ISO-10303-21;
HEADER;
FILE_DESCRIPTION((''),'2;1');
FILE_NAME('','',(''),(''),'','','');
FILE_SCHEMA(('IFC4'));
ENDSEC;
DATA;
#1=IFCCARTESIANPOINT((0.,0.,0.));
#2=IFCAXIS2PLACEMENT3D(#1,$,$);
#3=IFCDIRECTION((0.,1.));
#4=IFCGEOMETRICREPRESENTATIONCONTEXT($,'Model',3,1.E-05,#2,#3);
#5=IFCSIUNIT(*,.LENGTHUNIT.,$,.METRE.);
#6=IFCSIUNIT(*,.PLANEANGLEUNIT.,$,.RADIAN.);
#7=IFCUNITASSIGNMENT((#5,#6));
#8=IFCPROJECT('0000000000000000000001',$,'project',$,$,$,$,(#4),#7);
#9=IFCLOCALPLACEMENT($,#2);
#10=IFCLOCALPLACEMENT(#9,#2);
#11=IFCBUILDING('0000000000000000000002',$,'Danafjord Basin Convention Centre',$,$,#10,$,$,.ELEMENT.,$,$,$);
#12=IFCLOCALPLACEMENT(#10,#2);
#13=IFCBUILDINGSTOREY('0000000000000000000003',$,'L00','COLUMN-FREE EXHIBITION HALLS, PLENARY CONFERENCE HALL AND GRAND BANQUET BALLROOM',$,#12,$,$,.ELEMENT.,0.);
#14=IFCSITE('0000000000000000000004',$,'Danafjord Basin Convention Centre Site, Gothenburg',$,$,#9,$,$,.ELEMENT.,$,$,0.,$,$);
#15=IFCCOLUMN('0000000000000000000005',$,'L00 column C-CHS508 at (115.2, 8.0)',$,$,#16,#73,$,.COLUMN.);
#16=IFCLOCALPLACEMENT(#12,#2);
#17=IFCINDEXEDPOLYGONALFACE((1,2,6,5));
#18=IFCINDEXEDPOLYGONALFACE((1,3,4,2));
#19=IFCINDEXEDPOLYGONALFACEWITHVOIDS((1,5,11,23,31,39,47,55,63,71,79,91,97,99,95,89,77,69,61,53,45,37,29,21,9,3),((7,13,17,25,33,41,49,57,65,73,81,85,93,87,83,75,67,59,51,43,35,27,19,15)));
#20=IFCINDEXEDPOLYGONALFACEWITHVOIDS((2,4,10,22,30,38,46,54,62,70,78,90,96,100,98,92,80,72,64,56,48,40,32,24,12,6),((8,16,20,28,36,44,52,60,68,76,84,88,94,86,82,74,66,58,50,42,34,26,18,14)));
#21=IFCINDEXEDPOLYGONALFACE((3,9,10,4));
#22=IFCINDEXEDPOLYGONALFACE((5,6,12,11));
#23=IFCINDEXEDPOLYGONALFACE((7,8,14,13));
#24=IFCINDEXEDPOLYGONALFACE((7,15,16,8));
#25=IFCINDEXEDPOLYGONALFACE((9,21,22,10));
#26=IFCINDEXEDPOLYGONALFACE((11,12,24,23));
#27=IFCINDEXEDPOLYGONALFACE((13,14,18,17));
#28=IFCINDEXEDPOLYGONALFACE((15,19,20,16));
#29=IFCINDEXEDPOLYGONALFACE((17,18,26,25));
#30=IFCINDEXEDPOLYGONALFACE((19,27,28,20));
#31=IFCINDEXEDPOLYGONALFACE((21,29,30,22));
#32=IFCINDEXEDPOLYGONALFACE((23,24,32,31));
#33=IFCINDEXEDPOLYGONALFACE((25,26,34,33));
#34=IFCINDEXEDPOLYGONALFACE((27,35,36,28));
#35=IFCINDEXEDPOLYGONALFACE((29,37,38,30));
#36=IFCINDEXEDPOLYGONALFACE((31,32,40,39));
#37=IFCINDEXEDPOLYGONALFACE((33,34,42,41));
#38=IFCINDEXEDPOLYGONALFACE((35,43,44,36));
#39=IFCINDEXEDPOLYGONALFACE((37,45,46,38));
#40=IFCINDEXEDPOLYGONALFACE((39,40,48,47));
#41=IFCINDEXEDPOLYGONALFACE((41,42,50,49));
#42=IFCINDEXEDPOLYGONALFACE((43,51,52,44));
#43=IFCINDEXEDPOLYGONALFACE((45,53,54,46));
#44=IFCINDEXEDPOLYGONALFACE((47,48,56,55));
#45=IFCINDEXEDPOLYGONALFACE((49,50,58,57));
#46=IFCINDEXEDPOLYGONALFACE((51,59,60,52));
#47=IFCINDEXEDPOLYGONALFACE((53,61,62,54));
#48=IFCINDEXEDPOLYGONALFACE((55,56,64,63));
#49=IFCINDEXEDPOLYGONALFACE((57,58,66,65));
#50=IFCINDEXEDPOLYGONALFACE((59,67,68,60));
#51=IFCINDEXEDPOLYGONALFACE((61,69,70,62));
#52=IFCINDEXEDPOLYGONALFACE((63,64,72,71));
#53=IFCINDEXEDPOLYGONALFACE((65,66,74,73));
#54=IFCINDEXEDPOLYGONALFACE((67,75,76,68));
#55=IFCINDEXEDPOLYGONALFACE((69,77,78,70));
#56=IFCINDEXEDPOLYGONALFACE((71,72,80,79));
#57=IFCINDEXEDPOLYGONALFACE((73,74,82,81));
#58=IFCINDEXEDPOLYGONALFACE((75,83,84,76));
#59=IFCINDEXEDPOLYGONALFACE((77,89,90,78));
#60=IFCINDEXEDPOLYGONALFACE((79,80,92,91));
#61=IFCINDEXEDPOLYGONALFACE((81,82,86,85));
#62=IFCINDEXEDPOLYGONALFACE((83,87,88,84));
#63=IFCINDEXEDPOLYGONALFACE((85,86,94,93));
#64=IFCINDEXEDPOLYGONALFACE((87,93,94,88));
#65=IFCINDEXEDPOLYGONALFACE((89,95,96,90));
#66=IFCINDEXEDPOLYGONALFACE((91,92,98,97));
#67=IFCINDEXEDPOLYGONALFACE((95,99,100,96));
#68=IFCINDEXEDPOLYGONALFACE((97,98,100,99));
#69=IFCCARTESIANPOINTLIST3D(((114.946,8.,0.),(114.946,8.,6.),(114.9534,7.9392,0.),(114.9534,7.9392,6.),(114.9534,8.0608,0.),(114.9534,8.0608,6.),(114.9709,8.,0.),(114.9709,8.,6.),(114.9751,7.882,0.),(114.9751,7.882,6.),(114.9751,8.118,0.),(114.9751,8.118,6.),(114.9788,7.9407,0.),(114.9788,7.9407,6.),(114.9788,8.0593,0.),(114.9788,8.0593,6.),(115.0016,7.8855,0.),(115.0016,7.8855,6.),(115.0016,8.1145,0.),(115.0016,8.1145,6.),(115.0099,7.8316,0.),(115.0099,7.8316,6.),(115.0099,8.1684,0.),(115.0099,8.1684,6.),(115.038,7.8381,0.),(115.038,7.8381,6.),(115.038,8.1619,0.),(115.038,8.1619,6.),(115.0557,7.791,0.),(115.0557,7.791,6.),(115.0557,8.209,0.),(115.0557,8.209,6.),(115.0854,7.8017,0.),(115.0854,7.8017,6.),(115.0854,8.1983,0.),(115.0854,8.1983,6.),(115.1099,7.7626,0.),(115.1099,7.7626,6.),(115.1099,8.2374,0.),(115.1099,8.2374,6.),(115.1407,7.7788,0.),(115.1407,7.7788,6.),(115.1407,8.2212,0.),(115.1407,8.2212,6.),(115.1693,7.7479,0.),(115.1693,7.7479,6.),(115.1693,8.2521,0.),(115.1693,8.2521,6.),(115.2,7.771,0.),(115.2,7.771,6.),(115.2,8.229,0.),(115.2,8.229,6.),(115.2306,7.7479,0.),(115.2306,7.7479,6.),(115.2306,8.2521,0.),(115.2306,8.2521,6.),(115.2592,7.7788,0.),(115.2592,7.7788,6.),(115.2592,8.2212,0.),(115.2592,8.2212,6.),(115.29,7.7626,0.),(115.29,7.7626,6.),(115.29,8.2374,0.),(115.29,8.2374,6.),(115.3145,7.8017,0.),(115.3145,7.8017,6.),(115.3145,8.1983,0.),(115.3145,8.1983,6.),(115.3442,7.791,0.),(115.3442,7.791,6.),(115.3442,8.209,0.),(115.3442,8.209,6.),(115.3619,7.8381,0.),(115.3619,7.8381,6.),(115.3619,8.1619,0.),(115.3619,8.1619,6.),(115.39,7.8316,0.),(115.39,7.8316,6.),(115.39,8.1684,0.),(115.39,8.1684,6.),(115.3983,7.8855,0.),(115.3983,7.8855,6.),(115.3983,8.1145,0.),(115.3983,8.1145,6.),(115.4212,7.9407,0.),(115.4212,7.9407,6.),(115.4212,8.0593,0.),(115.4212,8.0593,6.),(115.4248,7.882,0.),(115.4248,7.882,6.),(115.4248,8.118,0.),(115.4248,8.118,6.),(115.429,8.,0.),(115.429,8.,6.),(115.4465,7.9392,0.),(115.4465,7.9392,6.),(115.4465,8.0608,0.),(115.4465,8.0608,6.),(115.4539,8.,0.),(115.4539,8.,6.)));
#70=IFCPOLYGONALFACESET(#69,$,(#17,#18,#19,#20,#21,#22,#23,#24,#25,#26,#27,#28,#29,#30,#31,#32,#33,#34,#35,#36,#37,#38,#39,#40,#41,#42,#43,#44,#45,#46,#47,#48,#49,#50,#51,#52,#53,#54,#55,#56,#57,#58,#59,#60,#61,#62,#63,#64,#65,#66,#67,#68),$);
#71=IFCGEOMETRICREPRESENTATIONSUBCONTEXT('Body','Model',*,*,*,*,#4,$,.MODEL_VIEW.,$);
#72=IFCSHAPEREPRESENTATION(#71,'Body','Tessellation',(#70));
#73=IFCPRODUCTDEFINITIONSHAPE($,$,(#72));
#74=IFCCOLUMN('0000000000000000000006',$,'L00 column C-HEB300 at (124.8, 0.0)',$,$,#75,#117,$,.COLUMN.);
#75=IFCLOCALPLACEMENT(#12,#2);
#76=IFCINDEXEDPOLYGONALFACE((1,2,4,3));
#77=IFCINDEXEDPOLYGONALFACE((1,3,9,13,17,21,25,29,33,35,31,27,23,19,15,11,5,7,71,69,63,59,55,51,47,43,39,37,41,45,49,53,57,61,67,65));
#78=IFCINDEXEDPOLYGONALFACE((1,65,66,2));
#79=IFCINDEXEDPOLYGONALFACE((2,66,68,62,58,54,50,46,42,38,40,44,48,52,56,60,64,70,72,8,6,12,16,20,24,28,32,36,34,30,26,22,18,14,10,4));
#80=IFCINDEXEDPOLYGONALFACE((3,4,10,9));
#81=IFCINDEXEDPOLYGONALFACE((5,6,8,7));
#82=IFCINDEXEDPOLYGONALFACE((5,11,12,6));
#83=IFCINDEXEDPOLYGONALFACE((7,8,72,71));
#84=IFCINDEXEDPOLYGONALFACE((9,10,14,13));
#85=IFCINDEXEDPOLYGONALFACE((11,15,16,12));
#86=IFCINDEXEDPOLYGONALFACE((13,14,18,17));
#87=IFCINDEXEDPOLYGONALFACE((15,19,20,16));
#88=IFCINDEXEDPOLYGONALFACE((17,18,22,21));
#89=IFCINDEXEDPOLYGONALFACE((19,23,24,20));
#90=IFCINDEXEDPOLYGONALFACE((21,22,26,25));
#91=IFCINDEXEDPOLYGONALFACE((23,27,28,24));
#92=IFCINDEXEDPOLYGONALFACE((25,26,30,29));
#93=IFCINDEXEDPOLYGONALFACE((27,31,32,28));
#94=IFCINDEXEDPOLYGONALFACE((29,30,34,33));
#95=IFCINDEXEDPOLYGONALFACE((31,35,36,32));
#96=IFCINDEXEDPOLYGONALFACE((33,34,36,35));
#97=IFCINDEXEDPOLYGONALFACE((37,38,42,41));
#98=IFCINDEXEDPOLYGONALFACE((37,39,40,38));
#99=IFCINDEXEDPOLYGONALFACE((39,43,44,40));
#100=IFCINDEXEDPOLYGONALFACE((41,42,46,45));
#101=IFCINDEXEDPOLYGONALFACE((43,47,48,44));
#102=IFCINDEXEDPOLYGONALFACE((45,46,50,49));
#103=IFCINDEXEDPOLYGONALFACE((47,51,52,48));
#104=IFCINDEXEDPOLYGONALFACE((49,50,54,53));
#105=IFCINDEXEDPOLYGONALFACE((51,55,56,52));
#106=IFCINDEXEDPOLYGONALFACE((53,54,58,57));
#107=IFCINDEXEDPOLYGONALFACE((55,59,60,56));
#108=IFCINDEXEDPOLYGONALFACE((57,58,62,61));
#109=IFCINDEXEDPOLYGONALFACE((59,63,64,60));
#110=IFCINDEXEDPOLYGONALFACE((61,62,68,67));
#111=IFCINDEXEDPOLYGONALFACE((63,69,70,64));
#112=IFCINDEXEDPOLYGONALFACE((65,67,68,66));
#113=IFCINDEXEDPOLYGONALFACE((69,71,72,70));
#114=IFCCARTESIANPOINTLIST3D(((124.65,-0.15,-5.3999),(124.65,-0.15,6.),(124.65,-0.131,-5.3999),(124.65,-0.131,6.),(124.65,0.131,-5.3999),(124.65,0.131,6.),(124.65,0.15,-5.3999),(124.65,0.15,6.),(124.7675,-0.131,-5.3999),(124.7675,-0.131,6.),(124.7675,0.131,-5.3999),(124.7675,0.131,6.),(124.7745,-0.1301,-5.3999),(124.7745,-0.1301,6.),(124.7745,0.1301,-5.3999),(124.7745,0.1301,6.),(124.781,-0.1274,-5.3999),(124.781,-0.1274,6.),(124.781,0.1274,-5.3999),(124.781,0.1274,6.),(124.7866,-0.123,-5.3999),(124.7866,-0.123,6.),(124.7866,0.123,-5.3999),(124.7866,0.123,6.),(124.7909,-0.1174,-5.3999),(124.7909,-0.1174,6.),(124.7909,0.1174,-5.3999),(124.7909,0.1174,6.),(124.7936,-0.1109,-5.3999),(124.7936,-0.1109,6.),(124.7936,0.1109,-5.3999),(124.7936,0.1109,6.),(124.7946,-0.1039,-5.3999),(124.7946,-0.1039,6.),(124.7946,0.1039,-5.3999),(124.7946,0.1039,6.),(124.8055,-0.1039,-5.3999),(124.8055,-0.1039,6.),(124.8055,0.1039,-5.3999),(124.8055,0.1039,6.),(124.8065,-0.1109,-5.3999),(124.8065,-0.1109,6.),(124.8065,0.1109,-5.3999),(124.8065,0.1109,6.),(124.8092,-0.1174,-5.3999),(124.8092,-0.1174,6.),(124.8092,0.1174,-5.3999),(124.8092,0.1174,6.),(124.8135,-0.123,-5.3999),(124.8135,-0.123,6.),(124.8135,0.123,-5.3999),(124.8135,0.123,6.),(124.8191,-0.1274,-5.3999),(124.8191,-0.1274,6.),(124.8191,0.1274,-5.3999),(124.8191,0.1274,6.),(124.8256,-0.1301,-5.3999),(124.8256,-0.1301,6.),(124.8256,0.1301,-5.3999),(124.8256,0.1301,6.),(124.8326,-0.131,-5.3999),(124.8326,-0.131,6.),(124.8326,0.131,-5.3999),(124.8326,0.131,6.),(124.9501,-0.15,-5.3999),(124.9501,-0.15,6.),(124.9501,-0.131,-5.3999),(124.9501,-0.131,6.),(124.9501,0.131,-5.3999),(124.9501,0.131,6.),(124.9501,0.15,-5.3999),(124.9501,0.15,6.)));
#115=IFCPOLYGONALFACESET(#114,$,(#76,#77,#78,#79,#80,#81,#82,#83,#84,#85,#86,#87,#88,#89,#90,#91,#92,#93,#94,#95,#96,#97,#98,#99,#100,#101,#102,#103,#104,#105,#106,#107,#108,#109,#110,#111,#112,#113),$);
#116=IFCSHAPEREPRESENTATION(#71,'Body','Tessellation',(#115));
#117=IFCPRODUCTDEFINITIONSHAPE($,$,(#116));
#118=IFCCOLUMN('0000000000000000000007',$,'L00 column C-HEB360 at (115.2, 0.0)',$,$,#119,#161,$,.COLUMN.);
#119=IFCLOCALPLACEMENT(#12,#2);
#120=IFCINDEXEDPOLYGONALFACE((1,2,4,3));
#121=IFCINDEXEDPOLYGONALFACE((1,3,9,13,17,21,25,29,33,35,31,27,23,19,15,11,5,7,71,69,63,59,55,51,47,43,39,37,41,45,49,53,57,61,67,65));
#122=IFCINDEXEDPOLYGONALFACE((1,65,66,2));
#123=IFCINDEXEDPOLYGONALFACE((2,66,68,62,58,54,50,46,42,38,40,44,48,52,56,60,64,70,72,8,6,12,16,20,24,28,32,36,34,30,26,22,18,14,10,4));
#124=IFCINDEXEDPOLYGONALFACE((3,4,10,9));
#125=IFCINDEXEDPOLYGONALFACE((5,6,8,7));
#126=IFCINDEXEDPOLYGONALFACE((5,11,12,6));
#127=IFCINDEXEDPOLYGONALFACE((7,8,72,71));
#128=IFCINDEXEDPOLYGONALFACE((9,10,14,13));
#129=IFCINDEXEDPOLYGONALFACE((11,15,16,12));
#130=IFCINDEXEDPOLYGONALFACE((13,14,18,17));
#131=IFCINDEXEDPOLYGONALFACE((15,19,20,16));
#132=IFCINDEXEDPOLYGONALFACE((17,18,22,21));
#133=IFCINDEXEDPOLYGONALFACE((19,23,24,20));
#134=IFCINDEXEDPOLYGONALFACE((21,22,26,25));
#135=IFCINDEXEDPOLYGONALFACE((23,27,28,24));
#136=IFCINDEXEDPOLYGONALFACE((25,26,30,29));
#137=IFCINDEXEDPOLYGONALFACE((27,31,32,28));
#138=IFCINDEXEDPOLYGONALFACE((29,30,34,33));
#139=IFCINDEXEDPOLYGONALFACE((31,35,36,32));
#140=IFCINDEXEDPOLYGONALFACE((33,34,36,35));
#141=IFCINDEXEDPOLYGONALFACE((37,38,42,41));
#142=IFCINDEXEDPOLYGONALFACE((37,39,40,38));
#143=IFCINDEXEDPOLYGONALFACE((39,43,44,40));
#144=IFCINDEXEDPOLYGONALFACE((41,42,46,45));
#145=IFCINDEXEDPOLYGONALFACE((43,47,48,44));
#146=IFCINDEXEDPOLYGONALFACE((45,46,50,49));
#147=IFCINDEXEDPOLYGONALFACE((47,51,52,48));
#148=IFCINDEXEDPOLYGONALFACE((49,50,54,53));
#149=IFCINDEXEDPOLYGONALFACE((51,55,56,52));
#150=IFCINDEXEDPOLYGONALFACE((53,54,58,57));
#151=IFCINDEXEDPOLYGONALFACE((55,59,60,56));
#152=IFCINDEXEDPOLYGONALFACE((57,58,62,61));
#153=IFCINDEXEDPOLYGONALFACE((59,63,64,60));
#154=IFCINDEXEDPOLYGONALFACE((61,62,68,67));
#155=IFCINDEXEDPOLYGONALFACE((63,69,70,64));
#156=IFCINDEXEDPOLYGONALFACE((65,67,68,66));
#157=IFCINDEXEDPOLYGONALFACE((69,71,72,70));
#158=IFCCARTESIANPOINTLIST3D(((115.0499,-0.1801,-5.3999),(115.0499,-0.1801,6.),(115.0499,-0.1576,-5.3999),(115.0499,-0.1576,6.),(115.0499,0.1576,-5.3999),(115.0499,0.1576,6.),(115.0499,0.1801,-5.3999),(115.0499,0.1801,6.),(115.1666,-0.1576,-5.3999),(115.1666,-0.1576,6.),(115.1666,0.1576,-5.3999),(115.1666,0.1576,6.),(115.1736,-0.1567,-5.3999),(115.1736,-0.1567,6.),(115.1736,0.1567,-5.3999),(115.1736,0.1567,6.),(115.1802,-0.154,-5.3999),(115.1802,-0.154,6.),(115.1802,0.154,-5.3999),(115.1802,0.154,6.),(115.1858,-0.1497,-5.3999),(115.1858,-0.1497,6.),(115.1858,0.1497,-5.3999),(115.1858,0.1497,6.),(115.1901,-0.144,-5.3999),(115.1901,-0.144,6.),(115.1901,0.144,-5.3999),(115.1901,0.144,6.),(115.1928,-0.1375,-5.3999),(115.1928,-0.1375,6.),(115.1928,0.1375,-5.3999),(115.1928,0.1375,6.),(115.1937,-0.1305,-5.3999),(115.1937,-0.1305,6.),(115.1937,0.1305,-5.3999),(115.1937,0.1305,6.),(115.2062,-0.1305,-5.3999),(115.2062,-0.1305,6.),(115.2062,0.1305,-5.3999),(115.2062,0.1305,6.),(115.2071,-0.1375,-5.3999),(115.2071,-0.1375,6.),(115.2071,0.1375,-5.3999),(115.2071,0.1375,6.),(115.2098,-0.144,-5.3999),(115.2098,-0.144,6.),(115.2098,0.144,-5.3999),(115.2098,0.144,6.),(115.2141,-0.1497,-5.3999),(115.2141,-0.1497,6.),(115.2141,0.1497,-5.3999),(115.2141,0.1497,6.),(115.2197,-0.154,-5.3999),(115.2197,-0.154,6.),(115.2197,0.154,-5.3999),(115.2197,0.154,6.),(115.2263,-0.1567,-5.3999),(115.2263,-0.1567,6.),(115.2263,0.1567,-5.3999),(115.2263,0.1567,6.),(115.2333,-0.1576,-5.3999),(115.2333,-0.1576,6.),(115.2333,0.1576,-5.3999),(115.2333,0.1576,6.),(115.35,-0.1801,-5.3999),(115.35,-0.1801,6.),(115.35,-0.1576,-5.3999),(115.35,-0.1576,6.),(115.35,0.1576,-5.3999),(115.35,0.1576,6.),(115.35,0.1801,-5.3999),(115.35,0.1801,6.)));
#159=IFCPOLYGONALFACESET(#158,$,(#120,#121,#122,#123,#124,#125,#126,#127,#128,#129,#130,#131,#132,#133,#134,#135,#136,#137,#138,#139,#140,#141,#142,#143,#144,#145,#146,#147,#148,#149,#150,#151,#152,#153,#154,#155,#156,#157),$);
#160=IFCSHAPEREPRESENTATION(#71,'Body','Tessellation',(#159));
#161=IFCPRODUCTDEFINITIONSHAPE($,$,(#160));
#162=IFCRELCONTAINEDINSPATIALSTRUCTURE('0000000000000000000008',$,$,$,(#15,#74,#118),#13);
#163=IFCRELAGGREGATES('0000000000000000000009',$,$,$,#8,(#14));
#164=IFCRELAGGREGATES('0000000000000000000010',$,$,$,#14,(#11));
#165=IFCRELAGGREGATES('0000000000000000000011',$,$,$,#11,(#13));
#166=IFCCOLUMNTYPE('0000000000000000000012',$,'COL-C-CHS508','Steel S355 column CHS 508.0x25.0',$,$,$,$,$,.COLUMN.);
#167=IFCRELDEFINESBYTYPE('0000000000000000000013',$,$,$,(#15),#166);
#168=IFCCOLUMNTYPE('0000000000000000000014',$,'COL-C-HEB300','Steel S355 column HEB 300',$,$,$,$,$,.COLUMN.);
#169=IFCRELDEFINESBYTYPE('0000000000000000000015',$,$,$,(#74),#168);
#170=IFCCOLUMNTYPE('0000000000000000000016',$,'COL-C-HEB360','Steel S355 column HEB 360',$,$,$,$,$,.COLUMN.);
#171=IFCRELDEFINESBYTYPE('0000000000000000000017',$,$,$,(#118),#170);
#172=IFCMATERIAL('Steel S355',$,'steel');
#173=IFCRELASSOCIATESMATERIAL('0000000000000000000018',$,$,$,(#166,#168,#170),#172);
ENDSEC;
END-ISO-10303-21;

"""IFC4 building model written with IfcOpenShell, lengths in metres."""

from ifc_helpers import new_model, si_unit, direction, frame, origin, origin_2d, place, context, subcontext, project, spatial, hollow_circle, i_section, extrude, material, material_profile, profile_set, type_object, element, save


model = new_model("IFC4")

# Units and contexts
model_context = context("Model", 3, precision=1e-05, world=origin(), true_north=direction((0.0, 1.0)))
body_context = subcontext(model_context, "Body", "Model", "MODEL_VIEW")
ifc_project = project(units=[si_unit("LENGTHUNIT", "METRE"), si_unit("PLANEANGLEUNIT", "RADIAN")], contexts=[model_context])

# Site, building, storey
site_placement = place(None, origin())
site = spatial("IfcSite", under=ifc_project, at=site_placement, Name="Danafjord Basin Convention Centre Site, Gothenburg", CompositionType="ELEMENT", RefElevation=0.0)
building_placement = place(site_placement, origin())
building = spatial("IfcBuilding", under=site, at=building_placement, Name="Danafjord Basin Convention Centre", CompositionType="ELEMENT")
storey_placement = place(building_placement, origin())
storey = spatial("IfcBuildingStorey", under=building, at=storey_placement, Name="L00", Description="COLUMN-FREE EXHIBITION HALLS, PLENARY CONFERENCE HALL AND GRAND BANQUET BALLROOM", CompositionType="ELEMENT", Elevation=0.0)

# Columns
ifc_material_1 = material(Name="Steel S355", Category="steel")
ifc_material_profile_1 = material_profile(ifc_material_1, hollow_circle(Radius=0.2539, WallThickness=0.0249, at=origin_2d()), Name="CHS 508.0x25.0")
ifc_profile_set_1 = profile_set([ifc_material_profile_1], Name="Steel S355")
column_type_1 = type_object("IfcColumnType", Name="COL-C-CHS508", Description="Steel S355 column CHS 508.0x25.0", PredefinedType="COLUMN", material=ifc_profile_set_1)
column_1_placement = place(storey_placement, frame((115.2, 8.0, 0.0), z_axis=(0.0, 0.0, 1.0), x_axis=(1.0, 0.0, 0.0)))
element("IfcColumn", 1, at=column_1_placement, inside=storey, type_object=column_type_1, Name="L00 column C-CHS508 at (115.2, 8.0)", PredefinedType="COLUMN", context=body_context, shape_type="SweptSolid", body=[
    extrude(hollow_circle(Radius=0.2539, WallThickness=0.0249, at=origin_2d()), origin(), (0.0, 0.0, 1.0), 6.0),
])
ifc_material_profile_2 = material_profile(ifc_material_1, i_section(OverallWidth=0.3, OverallDepth=0.3, WebThickness=0.011, FlangeThickness=0.019, FilletRadius=0.0271, at=origin_2d()), Name="HEB 300")
ifc_profile_set_2 = profile_set([ifc_material_profile_2], Name="Steel S355")
column_type_2 = type_object("IfcColumnType", Name="COL-C-HEB300", Description="Steel S355 column HEB 300", PredefinedType="COLUMN", material=ifc_profile_set_2)
column_2_placement = place(storey_placement, frame((124.8, 0.0, -5.3999), z_axis=(0.0, 0.0, 1.0), x_axis=(1.0, 0.0, 0.0)))
element("IfcColumn", 2, at=column_2_placement, inside=storey, type_object=column_type_2, Name="L00 column C-HEB300 at (124.8, 0.0)", PredefinedType="COLUMN", context=body_context, shape_type="SweptSolid", body=[
    extrude(i_section(OverallWidth=0.3, OverallDepth=0.3, WebThickness=0.011, FlangeThickness=0.019, FilletRadius=0.0271, at=origin_2d()), origin(), (0.0, 0.0, 1.0), 11.3999),
])
ifc_material_profile_3 = material_profile(ifc_material_1, i_section(OverallWidth=0.3, OverallDepth=0.3601, WebThickness=0.0125, FlangeThickness=0.0225, FilletRadius=0.0271, at=origin_2d()), Name="HEB 360")
ifc_profile_set_3 = profile_set([ifc_material_profile_3], Name="Steel S355")
column_type_3 = type_object("IfcColumnType", Name="COL-C-HEB360", Description="Steel S355 column HEB 360", PredefinedType="COLUMN", material=ifc_profile_set_3)
column_3_placement = place(storey_placement, frame((115.2, 0.0, -5.3999), z_axis=(0.0, 0.0, 1.0), x_axis=(1.0, 0.0, 0.0)))
element("IfcColumn", 3, at=column_3_placement, inside=storey, type_object=column_type_3, Name="L00 column C-HEB360 at (115.2, 0.0)", PredefinedType="COLUMN", context=body_context, shape_type="SweptSolid", body=[
    extrude(i_section(OverallWidth=0.3, OverallDepth=0.3601, WebThickness=0.0125, FlangeThickness=0.0225, FilletRadius=0.0271, at=origin_2d()), origin(), (0.0, 0.0, 1.0), 11.3999),
])

save(model, "model.ifc")
